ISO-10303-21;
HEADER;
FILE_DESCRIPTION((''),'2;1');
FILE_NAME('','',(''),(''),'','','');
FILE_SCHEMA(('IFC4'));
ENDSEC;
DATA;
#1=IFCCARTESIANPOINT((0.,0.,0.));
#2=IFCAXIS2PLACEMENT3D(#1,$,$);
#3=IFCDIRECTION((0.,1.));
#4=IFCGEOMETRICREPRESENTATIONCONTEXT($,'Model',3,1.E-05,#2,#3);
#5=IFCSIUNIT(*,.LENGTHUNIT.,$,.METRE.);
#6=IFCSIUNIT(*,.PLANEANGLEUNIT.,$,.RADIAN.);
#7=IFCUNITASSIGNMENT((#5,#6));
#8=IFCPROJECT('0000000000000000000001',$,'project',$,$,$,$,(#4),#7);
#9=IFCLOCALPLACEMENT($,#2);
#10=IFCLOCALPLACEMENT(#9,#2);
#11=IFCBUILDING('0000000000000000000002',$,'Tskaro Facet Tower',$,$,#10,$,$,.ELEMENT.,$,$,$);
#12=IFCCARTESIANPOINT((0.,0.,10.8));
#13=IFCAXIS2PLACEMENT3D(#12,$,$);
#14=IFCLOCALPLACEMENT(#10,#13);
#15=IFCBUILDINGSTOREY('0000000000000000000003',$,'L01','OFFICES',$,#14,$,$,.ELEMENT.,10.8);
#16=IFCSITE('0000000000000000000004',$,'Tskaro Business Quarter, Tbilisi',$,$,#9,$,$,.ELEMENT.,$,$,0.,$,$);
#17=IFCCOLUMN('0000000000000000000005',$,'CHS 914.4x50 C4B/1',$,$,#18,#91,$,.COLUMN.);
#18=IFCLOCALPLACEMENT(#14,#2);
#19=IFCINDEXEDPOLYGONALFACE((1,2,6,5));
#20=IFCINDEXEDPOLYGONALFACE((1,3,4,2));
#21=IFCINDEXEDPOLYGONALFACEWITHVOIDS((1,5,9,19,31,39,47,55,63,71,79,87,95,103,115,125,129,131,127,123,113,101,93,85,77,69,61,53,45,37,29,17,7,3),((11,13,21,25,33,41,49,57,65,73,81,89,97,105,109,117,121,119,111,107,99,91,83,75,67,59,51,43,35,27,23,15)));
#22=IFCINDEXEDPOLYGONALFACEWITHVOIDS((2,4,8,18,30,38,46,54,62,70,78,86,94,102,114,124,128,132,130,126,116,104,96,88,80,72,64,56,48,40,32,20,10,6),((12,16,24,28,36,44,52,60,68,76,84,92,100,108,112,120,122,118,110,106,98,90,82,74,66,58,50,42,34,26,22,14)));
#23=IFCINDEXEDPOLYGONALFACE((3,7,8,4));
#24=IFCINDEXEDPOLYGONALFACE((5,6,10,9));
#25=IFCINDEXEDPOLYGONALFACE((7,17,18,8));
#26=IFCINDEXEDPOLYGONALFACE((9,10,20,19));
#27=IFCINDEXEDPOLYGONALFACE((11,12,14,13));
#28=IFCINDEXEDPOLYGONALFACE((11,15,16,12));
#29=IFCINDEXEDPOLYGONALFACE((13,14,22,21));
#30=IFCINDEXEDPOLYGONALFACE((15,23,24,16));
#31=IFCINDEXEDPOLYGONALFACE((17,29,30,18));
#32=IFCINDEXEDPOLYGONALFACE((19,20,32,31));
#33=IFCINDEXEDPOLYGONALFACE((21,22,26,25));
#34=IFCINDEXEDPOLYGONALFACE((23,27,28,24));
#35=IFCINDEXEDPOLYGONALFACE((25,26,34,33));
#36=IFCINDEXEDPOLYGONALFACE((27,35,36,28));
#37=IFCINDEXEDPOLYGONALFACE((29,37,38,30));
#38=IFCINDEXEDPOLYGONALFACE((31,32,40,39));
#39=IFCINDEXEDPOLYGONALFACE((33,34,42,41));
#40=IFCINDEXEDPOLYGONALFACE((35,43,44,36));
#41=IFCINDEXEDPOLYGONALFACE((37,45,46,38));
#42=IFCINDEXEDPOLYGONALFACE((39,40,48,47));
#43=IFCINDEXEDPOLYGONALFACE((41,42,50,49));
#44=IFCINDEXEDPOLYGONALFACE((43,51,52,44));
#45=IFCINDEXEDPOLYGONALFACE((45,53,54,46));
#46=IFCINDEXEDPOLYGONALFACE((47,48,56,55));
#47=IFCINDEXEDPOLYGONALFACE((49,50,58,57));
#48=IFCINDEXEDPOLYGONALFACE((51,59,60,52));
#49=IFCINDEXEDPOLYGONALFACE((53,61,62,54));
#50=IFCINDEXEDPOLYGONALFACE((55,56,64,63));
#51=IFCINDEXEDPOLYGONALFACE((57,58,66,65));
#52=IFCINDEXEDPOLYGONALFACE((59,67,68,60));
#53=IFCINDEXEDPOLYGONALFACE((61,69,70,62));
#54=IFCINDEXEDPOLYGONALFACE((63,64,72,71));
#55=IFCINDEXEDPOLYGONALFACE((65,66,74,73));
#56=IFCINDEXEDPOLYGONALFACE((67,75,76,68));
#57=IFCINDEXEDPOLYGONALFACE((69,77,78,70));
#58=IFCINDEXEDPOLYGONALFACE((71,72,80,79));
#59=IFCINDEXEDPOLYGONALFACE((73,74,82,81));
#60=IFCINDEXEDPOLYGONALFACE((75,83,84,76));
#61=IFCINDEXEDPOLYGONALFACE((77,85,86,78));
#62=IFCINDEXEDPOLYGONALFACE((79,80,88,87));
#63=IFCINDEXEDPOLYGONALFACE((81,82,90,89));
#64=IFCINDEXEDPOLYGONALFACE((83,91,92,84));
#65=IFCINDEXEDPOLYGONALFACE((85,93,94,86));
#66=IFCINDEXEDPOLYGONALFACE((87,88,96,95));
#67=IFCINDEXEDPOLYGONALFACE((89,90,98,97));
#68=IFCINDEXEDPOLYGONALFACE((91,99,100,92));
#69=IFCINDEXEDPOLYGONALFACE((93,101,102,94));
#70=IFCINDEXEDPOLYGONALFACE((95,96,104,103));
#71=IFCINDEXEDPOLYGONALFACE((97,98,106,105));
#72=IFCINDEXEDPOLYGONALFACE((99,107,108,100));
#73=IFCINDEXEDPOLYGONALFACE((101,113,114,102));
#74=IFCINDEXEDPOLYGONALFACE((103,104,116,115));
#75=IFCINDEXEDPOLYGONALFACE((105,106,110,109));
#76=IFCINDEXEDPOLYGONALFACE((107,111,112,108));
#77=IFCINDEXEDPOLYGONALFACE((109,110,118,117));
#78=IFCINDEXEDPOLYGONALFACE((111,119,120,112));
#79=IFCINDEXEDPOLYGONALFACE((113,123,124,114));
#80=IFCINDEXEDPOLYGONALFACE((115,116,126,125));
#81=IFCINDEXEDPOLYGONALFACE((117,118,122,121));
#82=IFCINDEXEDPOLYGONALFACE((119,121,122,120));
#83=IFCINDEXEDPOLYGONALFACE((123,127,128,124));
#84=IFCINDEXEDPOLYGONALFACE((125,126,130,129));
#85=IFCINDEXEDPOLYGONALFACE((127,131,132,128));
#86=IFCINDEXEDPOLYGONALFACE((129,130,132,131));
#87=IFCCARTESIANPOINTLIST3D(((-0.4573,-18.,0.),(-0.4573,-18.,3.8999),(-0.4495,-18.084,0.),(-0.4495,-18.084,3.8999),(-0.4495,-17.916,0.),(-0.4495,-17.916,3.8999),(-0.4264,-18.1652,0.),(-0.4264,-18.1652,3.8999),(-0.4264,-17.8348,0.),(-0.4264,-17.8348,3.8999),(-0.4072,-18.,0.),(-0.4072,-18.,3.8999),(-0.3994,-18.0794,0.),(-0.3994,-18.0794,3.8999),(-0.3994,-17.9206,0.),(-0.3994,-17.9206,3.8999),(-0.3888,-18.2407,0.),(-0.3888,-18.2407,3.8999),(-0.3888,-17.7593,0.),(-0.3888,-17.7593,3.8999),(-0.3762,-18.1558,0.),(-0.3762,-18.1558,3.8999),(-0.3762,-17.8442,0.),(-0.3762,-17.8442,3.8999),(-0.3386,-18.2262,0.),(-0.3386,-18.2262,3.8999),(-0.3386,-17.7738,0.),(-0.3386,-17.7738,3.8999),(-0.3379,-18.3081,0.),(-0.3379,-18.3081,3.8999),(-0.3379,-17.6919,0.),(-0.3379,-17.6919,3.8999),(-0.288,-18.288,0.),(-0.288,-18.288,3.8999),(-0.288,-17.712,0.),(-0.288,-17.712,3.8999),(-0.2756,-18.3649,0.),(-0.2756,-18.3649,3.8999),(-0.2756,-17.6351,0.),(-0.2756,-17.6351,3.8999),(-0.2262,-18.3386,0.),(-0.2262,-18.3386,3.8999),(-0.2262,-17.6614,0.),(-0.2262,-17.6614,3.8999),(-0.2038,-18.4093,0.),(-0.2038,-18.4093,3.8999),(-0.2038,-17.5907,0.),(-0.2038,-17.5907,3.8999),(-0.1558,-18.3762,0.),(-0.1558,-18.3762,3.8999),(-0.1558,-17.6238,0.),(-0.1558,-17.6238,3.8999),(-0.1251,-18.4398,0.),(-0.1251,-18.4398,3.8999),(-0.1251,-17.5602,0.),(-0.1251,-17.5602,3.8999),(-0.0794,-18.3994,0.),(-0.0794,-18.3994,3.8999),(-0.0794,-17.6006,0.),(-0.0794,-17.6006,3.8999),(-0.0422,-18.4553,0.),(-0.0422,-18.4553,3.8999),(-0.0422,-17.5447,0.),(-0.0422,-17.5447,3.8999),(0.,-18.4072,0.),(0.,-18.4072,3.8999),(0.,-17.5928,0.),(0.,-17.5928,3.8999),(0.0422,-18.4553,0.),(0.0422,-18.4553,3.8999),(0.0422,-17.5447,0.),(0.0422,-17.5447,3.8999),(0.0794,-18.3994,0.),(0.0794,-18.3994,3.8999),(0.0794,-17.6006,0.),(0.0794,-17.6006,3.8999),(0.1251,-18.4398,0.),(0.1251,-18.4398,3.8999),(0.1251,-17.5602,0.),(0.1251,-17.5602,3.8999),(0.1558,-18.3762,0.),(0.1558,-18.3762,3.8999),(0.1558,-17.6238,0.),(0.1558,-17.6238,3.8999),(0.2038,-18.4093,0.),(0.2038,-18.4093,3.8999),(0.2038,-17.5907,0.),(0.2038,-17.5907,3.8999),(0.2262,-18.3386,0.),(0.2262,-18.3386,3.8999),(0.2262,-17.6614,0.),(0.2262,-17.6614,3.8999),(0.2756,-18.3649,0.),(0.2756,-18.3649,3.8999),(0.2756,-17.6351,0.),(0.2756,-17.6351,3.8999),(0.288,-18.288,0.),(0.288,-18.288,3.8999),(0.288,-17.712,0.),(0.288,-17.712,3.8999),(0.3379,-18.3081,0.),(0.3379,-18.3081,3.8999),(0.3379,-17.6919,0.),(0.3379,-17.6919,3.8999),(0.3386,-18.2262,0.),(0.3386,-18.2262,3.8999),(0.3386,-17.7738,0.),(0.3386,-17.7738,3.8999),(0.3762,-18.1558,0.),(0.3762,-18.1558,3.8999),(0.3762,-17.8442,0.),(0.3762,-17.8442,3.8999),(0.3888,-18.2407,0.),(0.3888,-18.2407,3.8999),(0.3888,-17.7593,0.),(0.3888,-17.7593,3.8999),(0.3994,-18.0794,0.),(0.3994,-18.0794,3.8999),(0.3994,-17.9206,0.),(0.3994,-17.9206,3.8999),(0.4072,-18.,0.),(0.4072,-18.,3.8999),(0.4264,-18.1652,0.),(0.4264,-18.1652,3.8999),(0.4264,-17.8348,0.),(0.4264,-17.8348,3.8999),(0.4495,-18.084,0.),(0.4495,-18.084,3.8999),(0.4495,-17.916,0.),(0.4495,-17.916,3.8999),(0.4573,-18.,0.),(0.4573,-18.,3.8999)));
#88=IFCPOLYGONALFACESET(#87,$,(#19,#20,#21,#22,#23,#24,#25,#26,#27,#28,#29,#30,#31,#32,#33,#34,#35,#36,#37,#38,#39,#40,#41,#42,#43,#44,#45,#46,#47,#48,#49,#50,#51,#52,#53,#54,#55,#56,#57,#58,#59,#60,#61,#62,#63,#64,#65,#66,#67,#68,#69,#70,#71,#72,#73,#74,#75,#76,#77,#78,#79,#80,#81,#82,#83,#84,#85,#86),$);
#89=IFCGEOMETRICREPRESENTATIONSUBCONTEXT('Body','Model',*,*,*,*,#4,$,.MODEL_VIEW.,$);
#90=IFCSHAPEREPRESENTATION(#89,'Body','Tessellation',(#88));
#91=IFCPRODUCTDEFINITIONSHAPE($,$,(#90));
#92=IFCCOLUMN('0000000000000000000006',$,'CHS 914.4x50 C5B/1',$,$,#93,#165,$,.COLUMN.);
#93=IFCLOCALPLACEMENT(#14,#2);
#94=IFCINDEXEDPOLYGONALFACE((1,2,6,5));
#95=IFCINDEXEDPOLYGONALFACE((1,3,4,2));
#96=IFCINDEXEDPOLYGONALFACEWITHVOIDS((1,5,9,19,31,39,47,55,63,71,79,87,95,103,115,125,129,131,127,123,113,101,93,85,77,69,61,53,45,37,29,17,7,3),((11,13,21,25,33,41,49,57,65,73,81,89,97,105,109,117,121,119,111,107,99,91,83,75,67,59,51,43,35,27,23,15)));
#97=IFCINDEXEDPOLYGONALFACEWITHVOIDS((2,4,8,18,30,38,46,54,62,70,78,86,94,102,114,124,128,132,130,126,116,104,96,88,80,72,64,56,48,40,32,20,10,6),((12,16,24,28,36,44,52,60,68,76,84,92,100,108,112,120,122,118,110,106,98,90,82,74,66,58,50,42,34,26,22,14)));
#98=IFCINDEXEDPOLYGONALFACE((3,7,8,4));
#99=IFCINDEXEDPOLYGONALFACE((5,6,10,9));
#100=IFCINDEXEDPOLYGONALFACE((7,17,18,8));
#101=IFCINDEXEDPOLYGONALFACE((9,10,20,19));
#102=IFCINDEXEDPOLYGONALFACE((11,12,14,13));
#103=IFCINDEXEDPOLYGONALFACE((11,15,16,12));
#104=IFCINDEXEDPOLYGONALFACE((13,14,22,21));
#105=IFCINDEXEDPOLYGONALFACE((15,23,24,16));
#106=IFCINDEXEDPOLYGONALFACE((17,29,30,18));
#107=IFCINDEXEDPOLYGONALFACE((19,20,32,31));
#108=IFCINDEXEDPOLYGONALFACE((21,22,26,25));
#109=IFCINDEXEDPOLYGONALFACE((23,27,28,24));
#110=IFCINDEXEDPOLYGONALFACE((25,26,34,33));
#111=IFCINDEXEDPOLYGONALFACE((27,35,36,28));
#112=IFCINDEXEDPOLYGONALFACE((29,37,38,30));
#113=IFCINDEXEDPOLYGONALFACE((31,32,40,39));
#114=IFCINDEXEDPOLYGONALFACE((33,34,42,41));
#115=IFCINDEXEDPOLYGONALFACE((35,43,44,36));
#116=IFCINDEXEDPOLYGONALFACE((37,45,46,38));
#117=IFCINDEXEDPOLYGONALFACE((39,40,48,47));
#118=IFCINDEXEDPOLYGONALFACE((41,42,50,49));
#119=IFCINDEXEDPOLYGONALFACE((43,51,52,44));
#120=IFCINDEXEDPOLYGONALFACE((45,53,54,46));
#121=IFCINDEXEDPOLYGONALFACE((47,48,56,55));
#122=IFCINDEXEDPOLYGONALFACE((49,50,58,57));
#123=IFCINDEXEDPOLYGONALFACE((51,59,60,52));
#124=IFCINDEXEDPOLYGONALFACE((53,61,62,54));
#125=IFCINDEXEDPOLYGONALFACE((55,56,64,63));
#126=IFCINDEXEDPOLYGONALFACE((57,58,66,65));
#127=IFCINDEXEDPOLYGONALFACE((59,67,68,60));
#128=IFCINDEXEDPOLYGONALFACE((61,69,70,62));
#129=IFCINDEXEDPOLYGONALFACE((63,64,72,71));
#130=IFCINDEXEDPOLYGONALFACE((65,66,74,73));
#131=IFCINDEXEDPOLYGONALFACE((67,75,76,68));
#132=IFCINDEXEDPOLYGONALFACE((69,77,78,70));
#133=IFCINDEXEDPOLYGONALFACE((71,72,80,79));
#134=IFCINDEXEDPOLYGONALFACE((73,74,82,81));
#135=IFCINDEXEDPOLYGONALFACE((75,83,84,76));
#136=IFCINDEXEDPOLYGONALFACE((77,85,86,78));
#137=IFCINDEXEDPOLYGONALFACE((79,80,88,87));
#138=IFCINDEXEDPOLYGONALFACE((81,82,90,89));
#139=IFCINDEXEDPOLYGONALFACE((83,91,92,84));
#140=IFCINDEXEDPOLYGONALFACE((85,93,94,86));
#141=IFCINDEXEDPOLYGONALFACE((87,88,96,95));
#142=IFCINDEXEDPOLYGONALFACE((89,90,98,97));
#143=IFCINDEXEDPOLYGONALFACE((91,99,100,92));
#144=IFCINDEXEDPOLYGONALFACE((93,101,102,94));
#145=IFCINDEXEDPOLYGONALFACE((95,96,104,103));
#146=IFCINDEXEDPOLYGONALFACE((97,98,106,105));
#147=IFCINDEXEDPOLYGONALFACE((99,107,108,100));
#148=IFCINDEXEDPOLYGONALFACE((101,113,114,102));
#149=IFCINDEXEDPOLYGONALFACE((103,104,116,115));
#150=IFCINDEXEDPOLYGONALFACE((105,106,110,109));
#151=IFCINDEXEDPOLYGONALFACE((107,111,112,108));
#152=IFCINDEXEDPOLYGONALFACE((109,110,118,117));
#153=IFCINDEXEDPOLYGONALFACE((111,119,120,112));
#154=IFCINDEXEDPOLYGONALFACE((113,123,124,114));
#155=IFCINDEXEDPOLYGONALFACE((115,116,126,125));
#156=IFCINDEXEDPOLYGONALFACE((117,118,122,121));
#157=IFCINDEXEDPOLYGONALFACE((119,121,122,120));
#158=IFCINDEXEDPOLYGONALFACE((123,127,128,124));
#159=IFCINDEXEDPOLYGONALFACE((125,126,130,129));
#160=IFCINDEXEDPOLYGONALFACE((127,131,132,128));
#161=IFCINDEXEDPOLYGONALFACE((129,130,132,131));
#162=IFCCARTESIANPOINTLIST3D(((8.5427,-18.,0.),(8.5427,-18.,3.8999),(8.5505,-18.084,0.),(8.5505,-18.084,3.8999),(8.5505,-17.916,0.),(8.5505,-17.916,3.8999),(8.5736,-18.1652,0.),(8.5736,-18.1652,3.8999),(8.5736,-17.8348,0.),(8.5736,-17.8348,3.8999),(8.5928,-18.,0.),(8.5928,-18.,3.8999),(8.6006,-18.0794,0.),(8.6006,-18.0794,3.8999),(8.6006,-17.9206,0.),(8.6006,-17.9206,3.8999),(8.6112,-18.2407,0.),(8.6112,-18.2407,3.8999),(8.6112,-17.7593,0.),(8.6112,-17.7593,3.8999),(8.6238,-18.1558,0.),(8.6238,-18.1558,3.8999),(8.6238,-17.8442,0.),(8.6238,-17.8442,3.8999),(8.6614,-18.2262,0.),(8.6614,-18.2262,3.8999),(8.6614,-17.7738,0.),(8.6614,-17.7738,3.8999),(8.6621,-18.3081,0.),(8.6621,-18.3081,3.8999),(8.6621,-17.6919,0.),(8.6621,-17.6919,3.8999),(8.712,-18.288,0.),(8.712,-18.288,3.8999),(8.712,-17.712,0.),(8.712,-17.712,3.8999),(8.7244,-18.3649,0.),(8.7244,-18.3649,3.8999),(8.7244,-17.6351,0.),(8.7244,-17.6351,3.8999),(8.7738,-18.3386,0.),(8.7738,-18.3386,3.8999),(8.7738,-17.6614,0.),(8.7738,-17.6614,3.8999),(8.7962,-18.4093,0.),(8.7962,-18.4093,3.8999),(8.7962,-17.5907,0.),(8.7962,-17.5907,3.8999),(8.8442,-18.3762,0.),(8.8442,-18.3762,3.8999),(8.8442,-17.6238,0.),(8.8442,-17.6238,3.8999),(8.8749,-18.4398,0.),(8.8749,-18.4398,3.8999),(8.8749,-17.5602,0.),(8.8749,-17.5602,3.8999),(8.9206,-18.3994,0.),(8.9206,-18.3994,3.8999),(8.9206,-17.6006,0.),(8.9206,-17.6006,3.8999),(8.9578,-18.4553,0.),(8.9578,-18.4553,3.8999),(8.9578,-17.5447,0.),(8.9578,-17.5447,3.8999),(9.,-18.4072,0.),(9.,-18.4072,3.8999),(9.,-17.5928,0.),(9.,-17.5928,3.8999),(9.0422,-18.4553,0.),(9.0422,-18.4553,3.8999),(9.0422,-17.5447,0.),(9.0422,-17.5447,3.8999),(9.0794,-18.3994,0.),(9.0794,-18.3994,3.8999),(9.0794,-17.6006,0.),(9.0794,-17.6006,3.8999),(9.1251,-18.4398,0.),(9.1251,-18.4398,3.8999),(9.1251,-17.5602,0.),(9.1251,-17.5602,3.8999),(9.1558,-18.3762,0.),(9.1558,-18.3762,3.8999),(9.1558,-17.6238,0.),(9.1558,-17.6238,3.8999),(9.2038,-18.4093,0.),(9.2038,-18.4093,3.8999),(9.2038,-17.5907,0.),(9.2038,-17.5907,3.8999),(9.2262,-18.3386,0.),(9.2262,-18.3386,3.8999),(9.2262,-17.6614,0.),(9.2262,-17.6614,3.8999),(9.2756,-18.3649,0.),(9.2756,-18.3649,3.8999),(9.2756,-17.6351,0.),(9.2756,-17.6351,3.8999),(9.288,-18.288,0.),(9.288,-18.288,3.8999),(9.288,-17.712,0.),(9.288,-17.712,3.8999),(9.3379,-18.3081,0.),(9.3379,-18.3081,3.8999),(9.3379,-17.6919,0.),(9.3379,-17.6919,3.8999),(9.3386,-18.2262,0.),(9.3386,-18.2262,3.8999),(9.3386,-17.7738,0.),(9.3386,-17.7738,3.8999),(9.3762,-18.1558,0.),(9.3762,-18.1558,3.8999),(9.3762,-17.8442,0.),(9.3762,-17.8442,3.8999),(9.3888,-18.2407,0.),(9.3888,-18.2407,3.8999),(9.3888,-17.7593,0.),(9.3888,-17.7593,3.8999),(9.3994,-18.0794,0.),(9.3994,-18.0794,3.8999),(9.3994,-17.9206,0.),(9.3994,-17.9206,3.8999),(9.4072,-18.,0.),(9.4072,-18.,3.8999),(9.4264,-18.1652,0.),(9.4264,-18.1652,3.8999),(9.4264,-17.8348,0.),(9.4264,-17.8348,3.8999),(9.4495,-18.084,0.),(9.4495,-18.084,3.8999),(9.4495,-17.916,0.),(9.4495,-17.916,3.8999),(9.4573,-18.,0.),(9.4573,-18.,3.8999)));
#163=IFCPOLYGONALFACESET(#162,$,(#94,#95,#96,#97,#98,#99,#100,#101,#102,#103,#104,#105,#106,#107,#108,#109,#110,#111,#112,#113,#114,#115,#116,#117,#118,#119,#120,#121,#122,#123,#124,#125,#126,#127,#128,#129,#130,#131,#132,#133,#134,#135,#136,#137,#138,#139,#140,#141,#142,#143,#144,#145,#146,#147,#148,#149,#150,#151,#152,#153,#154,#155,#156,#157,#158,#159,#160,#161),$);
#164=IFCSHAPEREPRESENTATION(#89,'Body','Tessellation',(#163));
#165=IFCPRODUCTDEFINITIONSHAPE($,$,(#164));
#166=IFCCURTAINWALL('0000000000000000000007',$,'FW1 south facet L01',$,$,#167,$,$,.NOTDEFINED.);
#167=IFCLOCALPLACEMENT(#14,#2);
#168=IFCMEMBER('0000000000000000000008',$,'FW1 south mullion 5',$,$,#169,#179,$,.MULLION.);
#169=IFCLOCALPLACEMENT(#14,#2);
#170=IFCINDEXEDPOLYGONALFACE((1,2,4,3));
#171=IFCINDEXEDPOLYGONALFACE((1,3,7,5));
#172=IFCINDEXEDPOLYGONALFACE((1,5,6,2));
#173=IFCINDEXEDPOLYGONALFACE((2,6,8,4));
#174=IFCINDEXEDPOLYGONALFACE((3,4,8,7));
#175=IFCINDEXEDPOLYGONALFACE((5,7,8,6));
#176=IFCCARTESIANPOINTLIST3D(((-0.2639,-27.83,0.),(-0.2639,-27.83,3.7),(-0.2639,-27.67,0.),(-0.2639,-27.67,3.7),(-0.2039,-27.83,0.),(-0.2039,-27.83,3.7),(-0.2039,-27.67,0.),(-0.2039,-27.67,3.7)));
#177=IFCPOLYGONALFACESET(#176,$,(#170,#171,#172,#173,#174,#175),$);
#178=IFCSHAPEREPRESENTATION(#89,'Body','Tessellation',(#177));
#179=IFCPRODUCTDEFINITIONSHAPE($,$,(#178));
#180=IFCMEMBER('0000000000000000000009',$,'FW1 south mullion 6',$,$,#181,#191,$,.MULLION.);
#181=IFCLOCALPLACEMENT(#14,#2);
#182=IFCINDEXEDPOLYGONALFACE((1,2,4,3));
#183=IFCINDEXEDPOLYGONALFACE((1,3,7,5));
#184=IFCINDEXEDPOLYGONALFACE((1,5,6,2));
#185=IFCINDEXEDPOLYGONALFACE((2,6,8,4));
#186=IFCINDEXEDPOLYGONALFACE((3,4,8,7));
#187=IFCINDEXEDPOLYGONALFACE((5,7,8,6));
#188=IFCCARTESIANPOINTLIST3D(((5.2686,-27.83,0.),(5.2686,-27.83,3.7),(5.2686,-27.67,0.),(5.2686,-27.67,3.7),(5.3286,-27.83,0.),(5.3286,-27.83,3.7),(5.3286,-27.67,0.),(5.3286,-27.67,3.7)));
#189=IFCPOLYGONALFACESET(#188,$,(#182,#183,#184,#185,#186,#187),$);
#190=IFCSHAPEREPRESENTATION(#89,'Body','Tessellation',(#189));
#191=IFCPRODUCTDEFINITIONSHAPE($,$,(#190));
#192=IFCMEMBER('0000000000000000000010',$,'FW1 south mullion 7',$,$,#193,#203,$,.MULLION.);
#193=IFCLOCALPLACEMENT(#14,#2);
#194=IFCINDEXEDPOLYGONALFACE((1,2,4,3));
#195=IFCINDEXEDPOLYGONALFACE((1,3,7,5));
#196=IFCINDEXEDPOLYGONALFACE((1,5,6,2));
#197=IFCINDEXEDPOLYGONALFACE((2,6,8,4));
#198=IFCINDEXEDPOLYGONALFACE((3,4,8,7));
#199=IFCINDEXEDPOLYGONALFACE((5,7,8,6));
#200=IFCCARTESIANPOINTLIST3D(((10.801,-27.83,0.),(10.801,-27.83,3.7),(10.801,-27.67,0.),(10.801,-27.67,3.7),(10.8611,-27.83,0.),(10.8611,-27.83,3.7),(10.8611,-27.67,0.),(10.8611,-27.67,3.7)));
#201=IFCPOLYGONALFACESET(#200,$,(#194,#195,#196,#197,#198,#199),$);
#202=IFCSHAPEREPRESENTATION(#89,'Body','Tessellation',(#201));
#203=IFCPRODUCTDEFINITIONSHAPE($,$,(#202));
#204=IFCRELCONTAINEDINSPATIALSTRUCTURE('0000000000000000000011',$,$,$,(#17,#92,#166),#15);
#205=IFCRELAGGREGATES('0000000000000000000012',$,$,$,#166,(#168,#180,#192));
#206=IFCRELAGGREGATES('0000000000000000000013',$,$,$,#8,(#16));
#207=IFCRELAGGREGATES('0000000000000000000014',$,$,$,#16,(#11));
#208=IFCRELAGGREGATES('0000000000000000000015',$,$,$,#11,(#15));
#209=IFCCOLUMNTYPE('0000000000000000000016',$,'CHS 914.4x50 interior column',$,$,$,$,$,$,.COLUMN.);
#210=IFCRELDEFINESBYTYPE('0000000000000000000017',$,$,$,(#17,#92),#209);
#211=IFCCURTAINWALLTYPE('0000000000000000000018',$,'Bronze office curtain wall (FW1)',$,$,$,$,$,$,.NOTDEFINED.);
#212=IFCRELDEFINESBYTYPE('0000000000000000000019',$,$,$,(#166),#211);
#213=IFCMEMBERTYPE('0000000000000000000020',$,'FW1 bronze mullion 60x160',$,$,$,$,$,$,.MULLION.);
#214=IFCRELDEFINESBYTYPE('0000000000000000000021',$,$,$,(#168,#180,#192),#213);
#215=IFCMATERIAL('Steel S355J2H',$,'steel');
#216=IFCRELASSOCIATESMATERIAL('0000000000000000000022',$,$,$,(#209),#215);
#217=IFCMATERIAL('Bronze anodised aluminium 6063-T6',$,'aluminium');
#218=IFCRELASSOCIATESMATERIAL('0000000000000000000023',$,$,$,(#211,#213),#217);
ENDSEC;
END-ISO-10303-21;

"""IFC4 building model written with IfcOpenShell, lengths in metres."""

from ifc_helpers import new_model, si_unit, direction, frame, origin, origin_2d, place, context, subcontext, project, spatial, rectangle, hollow_circle, extrude, material, material_profile, profile_set, type_object, element, aggregate, save


model = new_model("IFC4")

# Units and contexts
model_context = context("Model", 3, precision=1e-05, world=origin(), true_north=direction((0.0, 1.0)))
body_context = subcontext(model_context, "Body", "Model", "MODEL_VIEW")
ifc_project = project(units=[si_unit("LENGTHUNIT", "METRE"), si_unit("PLANEANGLEUNIT", "RADIAN")], contexts=[model_context])

# Site, building, storey
site_placement = place(None, origin())
site = spatial("IfcSite", under=ifc_project, at=site_placement, Name="Tskaro Business Quarter, Tbilisi", CompositionType="ELEMENT", RefElevation=0.0)
building_placement = place(site_placement, origin())
building = spatial("IfcBuilding", under=site, at=building_placement, Name="Tskaro Facet Tower", CompositionType="ELEMENT")
storey_placement = place(building_placement, frame((0.0, 0.0, 10.8)))
storey = spatial("IfcBuildingStorey", under=building, at=storey_placement, Name="L01", Description="OFFICES", CompositionType="ELEMENT", Elevation=10.8)

# Columns
ifc_material_1 = material(Name="Steel S355J2H", Category="steel")
ifc_material_profile_1 = material_profile(ifc_material_1, hollow_circle(Radius=0.4573, WallThickness=0.05, at=origin_2d()), Name="CHS 914.4x50")
ifc_profile_set_1 = profile_set([ifc_material_profile_1], Name="Steel S355J2H")
column_type_1 = type_object("IfcColumnType", Name="CHS 914.4x50 interior column", PredefinedType="COLUMN", material=ifc_profile_set_1)
for number, where, z_axis, x_axis, name in (
    (1, (0.0, -18.0, 0.0), (0.0, 0.0, 1.0), (1.0, 0.0, 0.0), "CHS 914.4x50 C4B/1"),
    (2, (9.0, -18.0, 0.0), (0.0, 0.0, 1.0), (1.0, 0.0, 0.0), "CHS 914.4x50 C5B/1"),
):
    element("IfcColumn", number, at=place(storey_placement, frame(where, z_axis=z_axis, x_axis=x_axis)), inside=storey, type_object=column_type_1, Name=name, PredefinedType="COLUMN", context=body_context, shape_type="SweptSolid", body=[
        extrude(hollow_circle(Radius=0.4573, WallThickness=0.05, at=origin_2d()), origin(), (0.0, 0.0, 1.0), 3.8999),
    ])

# Curtain wall, members
ifc_material_2 = material(Name="Bronze anodised aluminium 6063-T6", Category="aluminium")
curtain_wall_type = type_object("IfcCurtainWallType", Name="Bronze office curtain wall (FW1)", PredefinedType="NOTDEFINED", material=ifc_material_2)
curtain_wall_placement = place(storey_placement, origin())
curtain_wall = element("IfcCurtainWall", 3, at=curtain_wall_placement, inside=storey, type_object=curtain_wall_type, Name="FW1 south facet L01", PredefinedType="NOTDEFINED")
ifc_material_profile_2 = material_profile(ifc_material_2, rectangle(XDim=0.0601, YDim=0.1599, at=origin_2d()), Name="Mullion 60x160")
ifc_profile_set_2 = profile_set([ifc_material_profile_2], Name="Bronze anodised aluminium 6063-T6")
member_type_1 = type_object("IfcMemberType", Name="FW1 bronze mullion 60x160", PredefinedType="MULLION", material=ifc_profile_set_2)
member_1_placement = place(storey_placement, frame((-0.2339, -27.75, 0.0), z_axis=(0.0, 0.0, 1.0), x_axis=(1.0, 0.0, 0.0)))
member_1 = element("IfcMember", 4, at=member_1_placement, type_object=member_type_1, Name="FW1 south mullion 5", PredefinedType="MULLION", context=body_context, shape_type="SweptSolid", body=[
    extrude(rectangle(XDim=0.0601, YDim=0.1599, at=origin_2d()), origin(), (0.0, 0.0, 1.0), 3.7),
])
member_2_placement = place(storey_placement, frame((5.2986, -27.75, 0.0), z_axis=(0.0, 0.0, 1.0), x_axis=(1.0, 0.0, 0.0)))
member_2 = element("IfcMember", 5, at=member_2_placement, type_object=member_type_1, Name="FW1 south mullion 6", PredefinedType="MULLION", context=body_context, shape_type="SweptSolid", body=[
    extrude(rectangle(XDim=0.0601, YDim=0.1599, at=origin_2d()), origin(), (0.0, 0.0, 1.0), 3.7),
])
member_3_placement = place(storey_placement, frame((10.8311, -27.75, 0.0), z_axis=(0.0, 0.0, 1.0), x_axis=(1.0, 0.0, 0.0)))
member_3 = element("IfcMember", 6, at=member_3_placement, type_object=member_type_1, Name="FW1 south mullion 7", PredefinedType="MULLION", context=body_context, shape_type="SweptSolid", body=[
    extrude(rectangle(XDim=0.0601, YDim=0.1599, at=origin_2d()), origin(), (0.0, 0.0, 1.0), 3.7),
])

aggregate(curtain_wall, [member_1, member_2, member_3])

save(model, "model.ifc")
